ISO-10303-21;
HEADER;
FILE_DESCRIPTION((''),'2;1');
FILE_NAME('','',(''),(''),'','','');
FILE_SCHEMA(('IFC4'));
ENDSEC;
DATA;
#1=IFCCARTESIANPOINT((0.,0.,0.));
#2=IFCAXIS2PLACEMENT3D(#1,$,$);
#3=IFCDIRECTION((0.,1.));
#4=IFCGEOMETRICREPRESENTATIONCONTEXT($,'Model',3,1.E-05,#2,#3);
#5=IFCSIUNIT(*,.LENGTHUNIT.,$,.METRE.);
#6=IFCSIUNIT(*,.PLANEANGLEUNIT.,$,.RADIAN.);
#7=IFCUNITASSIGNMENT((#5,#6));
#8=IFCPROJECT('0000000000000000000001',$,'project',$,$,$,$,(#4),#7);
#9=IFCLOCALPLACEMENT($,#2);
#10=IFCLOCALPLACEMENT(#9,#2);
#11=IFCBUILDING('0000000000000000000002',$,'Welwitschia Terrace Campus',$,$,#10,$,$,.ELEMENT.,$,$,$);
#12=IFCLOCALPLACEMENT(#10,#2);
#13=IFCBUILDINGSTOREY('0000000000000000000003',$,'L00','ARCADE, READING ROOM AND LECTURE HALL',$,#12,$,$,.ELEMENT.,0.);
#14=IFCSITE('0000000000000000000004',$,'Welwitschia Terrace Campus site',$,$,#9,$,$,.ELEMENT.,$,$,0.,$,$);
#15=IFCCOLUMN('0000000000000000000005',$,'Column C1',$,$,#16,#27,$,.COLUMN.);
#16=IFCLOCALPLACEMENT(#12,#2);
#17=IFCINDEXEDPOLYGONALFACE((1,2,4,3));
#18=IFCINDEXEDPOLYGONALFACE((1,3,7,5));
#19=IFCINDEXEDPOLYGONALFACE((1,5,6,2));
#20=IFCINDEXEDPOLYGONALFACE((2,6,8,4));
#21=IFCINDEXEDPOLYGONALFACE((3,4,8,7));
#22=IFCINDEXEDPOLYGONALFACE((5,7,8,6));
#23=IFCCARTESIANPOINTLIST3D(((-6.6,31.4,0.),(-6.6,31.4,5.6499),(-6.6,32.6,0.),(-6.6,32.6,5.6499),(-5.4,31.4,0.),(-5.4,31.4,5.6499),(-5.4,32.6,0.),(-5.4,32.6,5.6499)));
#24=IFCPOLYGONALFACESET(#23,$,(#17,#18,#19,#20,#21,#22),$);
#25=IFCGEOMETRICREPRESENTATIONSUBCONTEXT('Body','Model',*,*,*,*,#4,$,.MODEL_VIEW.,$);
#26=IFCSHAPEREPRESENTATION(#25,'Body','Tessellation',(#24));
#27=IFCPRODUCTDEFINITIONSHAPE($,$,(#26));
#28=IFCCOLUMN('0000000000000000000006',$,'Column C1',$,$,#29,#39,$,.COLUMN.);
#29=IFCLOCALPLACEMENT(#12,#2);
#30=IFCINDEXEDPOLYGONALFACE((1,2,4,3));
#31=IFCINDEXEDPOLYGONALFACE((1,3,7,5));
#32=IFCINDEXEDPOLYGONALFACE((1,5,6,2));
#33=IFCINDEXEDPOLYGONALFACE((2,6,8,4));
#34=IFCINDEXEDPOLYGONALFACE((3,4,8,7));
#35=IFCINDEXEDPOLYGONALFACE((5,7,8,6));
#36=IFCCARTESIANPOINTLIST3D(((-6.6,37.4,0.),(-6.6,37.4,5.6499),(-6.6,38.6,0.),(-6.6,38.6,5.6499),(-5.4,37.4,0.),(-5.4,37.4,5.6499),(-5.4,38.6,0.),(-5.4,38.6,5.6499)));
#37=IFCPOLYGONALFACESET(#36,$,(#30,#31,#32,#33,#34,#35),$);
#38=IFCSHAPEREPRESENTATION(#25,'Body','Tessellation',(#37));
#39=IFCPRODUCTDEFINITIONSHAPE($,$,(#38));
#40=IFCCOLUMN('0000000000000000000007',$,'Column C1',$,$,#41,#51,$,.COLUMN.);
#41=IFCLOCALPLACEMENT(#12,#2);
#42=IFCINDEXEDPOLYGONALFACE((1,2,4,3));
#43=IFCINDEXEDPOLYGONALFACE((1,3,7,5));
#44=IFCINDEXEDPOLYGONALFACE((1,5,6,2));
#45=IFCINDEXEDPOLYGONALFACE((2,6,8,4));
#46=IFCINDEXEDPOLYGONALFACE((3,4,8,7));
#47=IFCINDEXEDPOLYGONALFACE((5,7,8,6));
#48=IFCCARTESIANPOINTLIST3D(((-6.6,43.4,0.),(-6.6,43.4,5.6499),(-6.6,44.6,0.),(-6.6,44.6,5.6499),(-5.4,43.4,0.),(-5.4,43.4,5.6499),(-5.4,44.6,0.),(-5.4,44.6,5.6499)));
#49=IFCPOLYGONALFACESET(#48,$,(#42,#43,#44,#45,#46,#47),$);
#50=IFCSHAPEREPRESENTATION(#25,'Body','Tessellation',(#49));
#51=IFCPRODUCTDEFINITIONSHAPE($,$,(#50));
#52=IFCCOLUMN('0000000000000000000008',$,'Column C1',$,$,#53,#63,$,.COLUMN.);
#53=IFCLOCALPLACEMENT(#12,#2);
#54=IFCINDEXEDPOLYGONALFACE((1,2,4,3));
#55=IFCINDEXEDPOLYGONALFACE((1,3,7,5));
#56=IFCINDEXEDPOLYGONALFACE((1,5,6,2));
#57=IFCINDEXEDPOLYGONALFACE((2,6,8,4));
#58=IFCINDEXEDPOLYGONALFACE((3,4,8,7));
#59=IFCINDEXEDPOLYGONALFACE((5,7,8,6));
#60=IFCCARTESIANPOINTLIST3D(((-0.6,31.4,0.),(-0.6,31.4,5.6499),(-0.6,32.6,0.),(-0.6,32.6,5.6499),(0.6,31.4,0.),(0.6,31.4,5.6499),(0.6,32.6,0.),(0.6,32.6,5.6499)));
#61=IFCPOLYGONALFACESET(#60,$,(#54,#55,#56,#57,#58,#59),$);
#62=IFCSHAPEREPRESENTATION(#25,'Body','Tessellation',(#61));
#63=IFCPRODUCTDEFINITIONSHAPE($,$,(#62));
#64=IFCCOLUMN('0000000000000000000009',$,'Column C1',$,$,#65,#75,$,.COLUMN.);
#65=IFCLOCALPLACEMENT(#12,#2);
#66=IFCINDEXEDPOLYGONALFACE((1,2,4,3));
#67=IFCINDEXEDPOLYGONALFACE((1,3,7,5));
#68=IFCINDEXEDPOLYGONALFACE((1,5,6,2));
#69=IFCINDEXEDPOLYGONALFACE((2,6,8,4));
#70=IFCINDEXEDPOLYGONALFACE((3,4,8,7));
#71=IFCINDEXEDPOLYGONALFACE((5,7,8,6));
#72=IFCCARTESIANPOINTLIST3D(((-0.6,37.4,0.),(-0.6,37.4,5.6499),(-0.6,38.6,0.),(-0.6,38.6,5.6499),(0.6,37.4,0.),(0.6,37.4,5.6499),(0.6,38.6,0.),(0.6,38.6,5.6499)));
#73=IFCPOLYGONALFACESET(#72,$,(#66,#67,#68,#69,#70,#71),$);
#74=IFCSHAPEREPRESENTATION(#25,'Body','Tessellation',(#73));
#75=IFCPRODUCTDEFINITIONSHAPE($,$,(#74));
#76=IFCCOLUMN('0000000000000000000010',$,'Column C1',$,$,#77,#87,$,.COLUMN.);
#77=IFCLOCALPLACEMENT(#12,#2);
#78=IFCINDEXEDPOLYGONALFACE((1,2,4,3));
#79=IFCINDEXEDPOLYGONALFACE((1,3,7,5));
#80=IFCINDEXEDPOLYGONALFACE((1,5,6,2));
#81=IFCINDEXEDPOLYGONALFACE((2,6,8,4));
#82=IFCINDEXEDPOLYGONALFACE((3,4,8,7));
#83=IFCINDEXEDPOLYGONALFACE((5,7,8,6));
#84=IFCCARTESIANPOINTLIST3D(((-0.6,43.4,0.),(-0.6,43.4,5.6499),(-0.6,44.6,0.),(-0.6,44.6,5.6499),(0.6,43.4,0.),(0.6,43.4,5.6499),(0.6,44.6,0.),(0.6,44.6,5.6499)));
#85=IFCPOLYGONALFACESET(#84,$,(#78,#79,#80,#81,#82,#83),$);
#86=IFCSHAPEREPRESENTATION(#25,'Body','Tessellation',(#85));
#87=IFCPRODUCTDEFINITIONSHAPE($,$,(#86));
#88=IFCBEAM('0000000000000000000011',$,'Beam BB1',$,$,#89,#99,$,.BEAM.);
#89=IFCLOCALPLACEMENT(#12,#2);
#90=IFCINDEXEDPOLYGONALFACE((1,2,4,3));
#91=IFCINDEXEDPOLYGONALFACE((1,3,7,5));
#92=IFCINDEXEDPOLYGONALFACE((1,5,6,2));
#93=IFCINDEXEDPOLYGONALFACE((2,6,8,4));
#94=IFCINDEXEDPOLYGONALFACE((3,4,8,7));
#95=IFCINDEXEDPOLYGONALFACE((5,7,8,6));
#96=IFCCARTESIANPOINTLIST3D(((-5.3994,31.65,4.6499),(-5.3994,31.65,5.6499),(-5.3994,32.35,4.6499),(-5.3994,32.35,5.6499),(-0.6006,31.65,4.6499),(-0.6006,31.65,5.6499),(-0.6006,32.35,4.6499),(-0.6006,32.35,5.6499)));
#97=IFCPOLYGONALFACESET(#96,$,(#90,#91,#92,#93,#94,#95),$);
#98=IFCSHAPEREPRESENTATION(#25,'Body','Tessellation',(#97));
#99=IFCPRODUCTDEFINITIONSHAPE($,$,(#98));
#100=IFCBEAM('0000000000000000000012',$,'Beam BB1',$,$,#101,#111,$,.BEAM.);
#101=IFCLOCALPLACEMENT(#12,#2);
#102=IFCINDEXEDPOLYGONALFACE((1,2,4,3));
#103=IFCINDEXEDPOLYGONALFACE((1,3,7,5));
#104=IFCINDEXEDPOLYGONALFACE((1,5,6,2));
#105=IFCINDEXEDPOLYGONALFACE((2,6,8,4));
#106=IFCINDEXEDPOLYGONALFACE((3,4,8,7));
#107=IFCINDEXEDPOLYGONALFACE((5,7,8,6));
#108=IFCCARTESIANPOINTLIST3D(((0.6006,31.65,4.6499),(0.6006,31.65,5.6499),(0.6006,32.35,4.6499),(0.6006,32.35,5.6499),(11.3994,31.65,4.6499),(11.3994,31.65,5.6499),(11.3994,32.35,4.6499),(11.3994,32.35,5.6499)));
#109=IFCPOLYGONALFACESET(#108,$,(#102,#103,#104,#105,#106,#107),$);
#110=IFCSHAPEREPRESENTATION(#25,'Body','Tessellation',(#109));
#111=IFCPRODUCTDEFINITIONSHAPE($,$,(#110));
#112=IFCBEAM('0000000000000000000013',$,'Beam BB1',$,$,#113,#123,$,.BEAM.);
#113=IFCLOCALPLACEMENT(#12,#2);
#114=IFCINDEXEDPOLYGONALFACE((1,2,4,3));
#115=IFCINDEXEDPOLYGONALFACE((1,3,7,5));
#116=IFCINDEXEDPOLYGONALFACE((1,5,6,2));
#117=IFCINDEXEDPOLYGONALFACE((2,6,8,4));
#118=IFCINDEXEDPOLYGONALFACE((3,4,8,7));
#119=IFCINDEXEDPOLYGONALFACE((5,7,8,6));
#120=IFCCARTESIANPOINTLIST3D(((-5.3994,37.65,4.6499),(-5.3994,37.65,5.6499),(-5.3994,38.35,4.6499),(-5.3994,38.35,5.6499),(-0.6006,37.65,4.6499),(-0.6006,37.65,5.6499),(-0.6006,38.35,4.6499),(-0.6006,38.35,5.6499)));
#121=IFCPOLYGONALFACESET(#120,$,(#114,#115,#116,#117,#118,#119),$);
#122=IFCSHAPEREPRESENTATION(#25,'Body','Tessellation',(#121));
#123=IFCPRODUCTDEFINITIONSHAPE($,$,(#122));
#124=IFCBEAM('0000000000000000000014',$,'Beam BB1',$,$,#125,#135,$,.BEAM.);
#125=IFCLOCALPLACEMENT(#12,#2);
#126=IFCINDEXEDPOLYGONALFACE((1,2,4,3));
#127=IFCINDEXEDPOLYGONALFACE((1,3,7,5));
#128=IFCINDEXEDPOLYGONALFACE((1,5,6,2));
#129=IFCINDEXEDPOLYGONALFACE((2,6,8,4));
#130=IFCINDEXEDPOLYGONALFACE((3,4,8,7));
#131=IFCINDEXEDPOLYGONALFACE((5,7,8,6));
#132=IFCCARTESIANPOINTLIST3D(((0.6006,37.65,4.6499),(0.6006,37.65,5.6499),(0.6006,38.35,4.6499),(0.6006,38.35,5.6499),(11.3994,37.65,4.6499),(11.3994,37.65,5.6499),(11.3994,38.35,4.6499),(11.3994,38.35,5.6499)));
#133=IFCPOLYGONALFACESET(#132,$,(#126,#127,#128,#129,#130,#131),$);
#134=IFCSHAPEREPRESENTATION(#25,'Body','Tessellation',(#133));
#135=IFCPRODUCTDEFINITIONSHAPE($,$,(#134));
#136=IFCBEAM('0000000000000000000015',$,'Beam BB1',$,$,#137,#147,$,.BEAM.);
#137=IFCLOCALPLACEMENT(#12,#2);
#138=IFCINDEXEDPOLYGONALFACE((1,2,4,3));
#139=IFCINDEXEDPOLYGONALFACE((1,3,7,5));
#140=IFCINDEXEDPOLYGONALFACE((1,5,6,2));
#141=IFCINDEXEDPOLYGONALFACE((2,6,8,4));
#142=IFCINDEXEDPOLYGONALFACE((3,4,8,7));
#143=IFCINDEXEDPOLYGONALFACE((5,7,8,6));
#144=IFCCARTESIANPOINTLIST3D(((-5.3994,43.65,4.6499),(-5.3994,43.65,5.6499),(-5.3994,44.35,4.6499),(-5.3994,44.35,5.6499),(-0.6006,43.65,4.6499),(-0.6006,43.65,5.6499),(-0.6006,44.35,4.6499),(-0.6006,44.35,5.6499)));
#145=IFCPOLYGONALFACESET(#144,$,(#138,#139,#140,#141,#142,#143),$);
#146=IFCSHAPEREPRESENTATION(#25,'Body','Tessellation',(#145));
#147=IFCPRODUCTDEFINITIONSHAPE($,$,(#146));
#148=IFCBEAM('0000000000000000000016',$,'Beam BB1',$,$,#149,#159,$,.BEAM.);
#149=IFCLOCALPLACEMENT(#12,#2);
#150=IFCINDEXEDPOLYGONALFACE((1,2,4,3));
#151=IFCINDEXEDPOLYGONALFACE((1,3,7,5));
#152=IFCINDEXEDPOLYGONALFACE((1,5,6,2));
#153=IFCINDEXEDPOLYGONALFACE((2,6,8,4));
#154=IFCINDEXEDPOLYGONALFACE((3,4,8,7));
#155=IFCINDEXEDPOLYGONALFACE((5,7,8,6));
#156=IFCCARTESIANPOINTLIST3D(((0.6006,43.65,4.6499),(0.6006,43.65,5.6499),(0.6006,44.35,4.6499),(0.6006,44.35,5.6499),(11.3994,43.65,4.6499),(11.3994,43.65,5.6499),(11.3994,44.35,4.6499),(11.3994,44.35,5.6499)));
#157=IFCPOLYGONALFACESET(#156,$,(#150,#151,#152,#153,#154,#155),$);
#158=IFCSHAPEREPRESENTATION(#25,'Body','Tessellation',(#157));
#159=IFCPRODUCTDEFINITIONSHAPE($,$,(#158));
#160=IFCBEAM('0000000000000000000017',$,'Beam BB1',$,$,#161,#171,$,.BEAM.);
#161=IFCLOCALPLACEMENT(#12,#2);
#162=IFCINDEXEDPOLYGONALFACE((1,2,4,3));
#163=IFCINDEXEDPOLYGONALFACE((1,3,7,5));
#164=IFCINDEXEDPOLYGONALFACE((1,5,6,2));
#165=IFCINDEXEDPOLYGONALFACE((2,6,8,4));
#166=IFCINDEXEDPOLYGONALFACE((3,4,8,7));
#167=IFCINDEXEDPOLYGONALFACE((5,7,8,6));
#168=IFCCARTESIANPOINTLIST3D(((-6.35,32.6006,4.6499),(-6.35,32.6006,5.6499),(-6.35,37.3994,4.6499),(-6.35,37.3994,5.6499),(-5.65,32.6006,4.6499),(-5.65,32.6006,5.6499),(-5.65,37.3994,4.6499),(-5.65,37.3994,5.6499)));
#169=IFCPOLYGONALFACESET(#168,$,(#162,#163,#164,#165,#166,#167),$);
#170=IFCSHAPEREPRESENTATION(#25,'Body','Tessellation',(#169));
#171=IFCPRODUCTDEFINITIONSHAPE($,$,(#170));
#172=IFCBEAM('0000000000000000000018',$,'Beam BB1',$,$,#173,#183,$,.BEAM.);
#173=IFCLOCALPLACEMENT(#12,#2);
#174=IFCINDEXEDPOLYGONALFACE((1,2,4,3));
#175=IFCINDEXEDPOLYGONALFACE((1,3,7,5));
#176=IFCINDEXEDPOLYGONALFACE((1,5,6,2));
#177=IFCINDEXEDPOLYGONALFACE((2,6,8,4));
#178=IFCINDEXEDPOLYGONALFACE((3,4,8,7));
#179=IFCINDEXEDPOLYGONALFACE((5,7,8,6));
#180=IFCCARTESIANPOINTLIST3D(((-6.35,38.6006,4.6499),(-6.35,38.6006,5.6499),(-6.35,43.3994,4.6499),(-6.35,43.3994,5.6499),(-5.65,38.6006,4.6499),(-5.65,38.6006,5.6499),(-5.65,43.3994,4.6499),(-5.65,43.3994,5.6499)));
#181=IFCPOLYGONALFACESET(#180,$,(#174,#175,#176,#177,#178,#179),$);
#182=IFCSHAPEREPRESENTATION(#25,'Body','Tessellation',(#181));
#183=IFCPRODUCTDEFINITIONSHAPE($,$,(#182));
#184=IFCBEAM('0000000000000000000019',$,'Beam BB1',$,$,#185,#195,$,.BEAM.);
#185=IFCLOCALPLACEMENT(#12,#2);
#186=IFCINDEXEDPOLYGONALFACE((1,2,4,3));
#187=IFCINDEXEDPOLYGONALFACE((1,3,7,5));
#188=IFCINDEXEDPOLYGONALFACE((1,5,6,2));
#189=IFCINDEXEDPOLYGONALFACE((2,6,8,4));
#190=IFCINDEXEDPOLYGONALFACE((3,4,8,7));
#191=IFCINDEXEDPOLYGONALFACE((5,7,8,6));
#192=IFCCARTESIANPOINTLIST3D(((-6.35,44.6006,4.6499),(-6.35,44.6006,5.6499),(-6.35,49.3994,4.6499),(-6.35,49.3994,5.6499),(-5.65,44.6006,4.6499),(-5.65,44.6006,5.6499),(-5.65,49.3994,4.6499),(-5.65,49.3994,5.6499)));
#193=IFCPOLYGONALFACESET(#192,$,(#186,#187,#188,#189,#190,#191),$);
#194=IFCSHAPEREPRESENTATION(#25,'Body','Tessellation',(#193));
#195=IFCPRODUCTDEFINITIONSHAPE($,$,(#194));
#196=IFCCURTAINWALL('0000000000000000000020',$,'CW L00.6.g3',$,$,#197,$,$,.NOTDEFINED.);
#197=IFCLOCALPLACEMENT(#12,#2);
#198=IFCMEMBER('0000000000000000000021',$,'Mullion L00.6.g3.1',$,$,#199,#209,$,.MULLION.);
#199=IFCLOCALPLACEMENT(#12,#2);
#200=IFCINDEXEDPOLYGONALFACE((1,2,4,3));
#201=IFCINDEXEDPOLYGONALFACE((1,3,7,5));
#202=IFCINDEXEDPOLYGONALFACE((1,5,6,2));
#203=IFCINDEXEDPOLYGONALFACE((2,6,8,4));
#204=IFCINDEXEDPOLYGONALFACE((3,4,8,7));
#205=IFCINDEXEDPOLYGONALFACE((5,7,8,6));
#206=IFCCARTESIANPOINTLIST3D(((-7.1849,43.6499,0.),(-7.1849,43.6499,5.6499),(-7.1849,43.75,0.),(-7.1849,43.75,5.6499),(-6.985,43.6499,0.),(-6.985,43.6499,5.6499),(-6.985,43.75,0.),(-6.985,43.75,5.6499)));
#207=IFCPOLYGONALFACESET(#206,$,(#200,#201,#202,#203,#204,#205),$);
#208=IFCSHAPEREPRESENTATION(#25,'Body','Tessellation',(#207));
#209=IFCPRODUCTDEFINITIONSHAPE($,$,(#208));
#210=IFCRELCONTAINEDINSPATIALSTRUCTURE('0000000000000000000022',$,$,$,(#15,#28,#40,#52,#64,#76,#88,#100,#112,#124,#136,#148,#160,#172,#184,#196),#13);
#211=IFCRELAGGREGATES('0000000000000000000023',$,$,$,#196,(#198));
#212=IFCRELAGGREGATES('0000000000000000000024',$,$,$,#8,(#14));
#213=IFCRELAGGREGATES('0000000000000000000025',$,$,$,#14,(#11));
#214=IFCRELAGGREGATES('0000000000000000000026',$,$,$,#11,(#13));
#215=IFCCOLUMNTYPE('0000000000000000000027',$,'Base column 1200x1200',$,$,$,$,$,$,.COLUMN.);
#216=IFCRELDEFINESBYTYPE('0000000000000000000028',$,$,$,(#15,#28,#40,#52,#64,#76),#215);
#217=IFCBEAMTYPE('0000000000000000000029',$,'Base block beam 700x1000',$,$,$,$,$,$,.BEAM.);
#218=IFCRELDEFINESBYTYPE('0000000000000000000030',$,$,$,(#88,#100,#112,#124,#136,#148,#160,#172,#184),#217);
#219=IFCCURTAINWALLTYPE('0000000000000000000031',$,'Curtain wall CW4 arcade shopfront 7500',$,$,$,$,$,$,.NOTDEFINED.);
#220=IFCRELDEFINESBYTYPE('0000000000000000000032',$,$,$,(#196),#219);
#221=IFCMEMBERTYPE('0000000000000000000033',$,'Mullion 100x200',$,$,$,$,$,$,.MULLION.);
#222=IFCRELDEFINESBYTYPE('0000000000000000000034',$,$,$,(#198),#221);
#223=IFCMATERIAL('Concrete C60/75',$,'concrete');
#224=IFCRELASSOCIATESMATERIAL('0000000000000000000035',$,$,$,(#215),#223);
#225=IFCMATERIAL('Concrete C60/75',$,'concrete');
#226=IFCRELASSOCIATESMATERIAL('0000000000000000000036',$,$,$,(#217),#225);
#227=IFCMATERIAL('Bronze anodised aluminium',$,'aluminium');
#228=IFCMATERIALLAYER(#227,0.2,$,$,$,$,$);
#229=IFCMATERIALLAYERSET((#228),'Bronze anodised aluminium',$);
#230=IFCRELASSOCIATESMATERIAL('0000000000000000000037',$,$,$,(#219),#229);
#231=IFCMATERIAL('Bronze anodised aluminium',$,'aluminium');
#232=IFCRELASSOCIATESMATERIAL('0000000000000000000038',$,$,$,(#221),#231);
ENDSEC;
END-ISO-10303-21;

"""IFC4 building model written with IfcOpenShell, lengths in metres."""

from ifc_helpers import new_model, si_unit, direction, frame, origin, origin_2d, place, context, subcontext, project, spatial, rectangle, extrude, material, layer, layer_set, material_profile, profile_set, type_object, element, aggregate, save


model = new_model("IFC4")

# Units and contexts
model_context = context("Model", 3, precision=1e-05, world=origin(), true_north=direction((0.0, 1.0)))
body_context = subcontext(model_context, "Body", "Model", "MODEL_VIEW")
ifc_project = project(units=[si_unit("LENGTHUNIT", "METRE"), si_unit("PLANEANGLEUNIT", "RADIAN")], contexts=[model_context])

# Site, building, storey
site_placement = place(None, origin())
site = spatial("IfcSite", under=ifc_project, at=site_placement, Name="Welwitschia Terrace Campus site", CompositionType="ELEMENT", RefElevation=0.0)
building_placement = place(site_placement, origin())
building = spatial("IfcBuilding", under=site, at=building_placement, Name="Welwitschia Terrace Campus", CompositionType="ELEMENT")
storey_placement = place(building_placement, origin())
storey = spatial("IfcBuildingStorey", under=building, at=storey_placement, Name="L00", Description="ARCADE, READING ROOM AND LECTURE HALL", CompositionType="ELEMENT", Elevation=0.0)

# Columns
ifc_material_1 = material(Name="Concrete C60/75", Category="concrete")
ifc_material_profile_1 = material_profile(ifc_material_1, rectangle(XDim=1.2, YDim=1.2, at=origin_2d()))
ifc_profile_set_1 = profile_set([ifc_material_profile_1], Name="Concrete C60/75")
column_type = type_object("IfcColumnType", Name="Base column 1200x1200", PredefinedType="COLUMN", material=ifc_profile_set_1)
for number, where, z_axis, x_axis, name in (
    (1, (-6.0, 32.0, 0.0), (0.0, 0.0, 1.0), (1.0, 0.0, 0.0), "Column C1"),
    (2, (-6.0, 38.0, 0.0), (0.0, 0.0, 1.0), (1.0, 0.0, 0.0), "Column C1"),
    (3, (-6.0, 44.0, 0.0), (0.0, 0.0, 1.0), (1.0, 0.0, 0.0), "Column C1"),
    (4, (0.0, 32.0, 0.0), (0.0, 0.0, 1.0), (1.0, 0.0, 0.0), "Column C1"),
    (5, (0.0, 38.0, 0.0), (0.0, 0.0, 1.0), (1.0, 0.0, 0.0), "Column C1"),
    (6, (0.0, 44.0, 0.0), (0.0, 0.0, 1.0), (1.0, 0.0, 0.0), "Column C1"),
):
    element("IfcColumn", number, at=place(storey_placement, frame(where, z_axis=z_axis, x_axis=x_axis)), inside=storey, type_object=column_type, Name=name, PredefinedType="COLUMN", context=body_context, shape_type="SweptSolid", body=[
        extrude(rectangle(XDim=1.2, YDim=1.2, at=origin_2d()), origin(), (0.0, 0.0, 1.0), 5.6499),
    ])

# Beams
ifc_material_2 = material(Name="Concrete C60/75", Category="concrete")
ifc_material_profile_2 = material_profile(ifc_material_2, rectangle(XDim=0.7, YDim=1.0, at=origin_2d()))
ifc_profile_set_2 = profile_set([ifc_material_profile_2], Name="Concrete C60/75")
beam_type = type_object("IfcBeamType", Name="Base block beam 700x1000", PredefinedType="BEAM", material=ifc_profile_set_2)
beam_1_placement = place(storey_placement, frame((-5.3994, 32.0, 5.1499), z_axis=(1.0, 0.0, 0.0), x_axis=(0.0, 1.0, 0.0)))
element("IfcBeam", 7, at=beam_1_placement, inside=storey, type_object=beam_type, Name="Beam BB1", PredefinedType="BEAM", context=body_context, shape_type="SweptSolid", body=[
    extrude(rectangle(XDim=0.7, YDim=1.0, at=origin_2d()), origin(), (0.0, 0.0, 1.0), 4.7988),
])
beam_2_placement = place(storey_placement, frame((0.6006, 32.0, 5.1499), z_axis=(1.0, 0.0, 0.0), x_axis=(0.0, 1.0, 0.0)))
element("IfcBeam", 8, at=beam_2_placement, inside=storey, type_object=beam_type, Name="Beam BB1", PredefinedType="BEAM", context=body_context, shape_type="SweptSolid", body=[
    extrude(rectangle(XDim=0.7, YDim=1.0, at=origin_2d()), origin(), (0.0, 0.0, 1.0), 10.7988),
])
beam_3_placement = place(storey_placement, frame((-5.3994, 38.0, 5.1499), z_axis=(1.0, 0.0, 0.0), x_axis=(0.0, 1.0, 0.0)))
element("IfcBeam", 9, at=beam_3_placement, inside=storey, type_object=beam_type, Name="Beam BB1", PredefinedType="BEAM", context=body_context, shape_type="SweptSolid", body=[
    extrude(rectangle(XDim=0.7, YDim=1.0, at=origin_2d()), origin(), (0.0, 0.0, 1.0), 4.7988),
])
beam_4_placement = place(storey_placement, frame((0.6006, 38.0, 5.1499), z_axis=(1.0, 0.0, 0.0), x_axis=(0.0, 1.0, 0.0)))
element("IfcBeam", 10, at=beam_4_placement, inside=storey, type_object=beam_type, Name="Beam BB1", PredefinedType="BEAM", context=body_context, shape_type="SweptSolid", body=[
    extrude(rectangle(XDim=0.7, YDim=1.0, at=origin_2d()), origin(), (0.0, 0.0, 1.0), 10.7988),
])
beam_5_placement = place(storey_placement, frame((-5.3994, 44.0, 5.1499), z_axis=(1.0, 0.0, 0.0), x_axis=(0.0, 1.0, 0.0)))
element("IfcBeam", 11, at=beam_5_placement, inside=storey, type_object=beam_type, Name="Beam BB1", PredefinedType="BEAM", context=body_context, shape_type="SweptSolid", body=[
    extrude(rectangle(XDim=0.7, YDim=1.0, at=origin_2d()), origin(), (0.0, 0.0, 1.0), 4.7988),
])
beam_6_placement = place(storey_placement, frame((0.6006, 44.0, 5.1499), z_axis=(1.0, 0.0, 0.0), x_axis=(0.0, 1.0, 0.0)))
element("IfcBeam", 12, at=beam_6_placement, inside=storey, type_object=beam_type, Name="Beam BB1", PredefinedType="BEAM", context=body_context, shape_type="SweptSolid", body=[
    extrude(rectangle(XDim=0.7, YDim=1.0, at=origin_2d()), origin(), (0.0, 0.0, 1.0), 10.7988),
])
for number, where, z_axis, x_axis, name in (
    (13, (-6.0, 32.6006, 5.1499), (0.0, 1.0, 0.0), (-1.0, 0.0, 0.0), "Beam BB1"),
    (14, (-6.0, 38.6006, 5.1499), (0.0, 1.0, 0.0), (-1.0, 0.0, 0.0), "Beam BB1"),
    (15, (-6.0, 44.6006, 5.1499), (0.0, 1.0, 0.0), (-1.0, 0.0, 0.0), "Beam BB1"),
):
    element("IfcBeam", number, at=place(storey_placement, frame(where, z_axis=z_axis, x_axis=x_axis)), inside=storey, type_object=beam_type, Name=name, PredefinedType="BEAM", context=body_context, shape_type="SweptSolid", body=[
        extrude(rectangle(XDim=0.7, YDim=1.0, at=origin_2d()), origin(), (0.0, 0.0, 1.0), 4.7988),
    ])

# Curtain wall, member
ifc_material_3 = material(Name="Bronze anodised aluminium", Category="aluminium")
ifc_layer_1 = layer(ifc_material_3, 0.2)
ifc_layer_set_1 = layer_set([ifc_layer_1], Name="Bronze anodised aluminium")
curtain_wall_type = type_object("IfcCurtainWallType", Name="Curtain wall CW4 arcade shopfront 7500", PredefinedType="NOTDEFINED", material=ifc_layer_set_1)
curtain_wall_1_placement = place(storey_placement, origin())
curtain_wall_1 = element("IfcCurtainWall", 16, at=curtain_wall_1_placement, inside=storey, type_object=curtain_wall_type, Name="CW L00.6.g3", PredefinedType="NOTDEFINED")
ifc_material_4 = material(Name="Bronze anodised aluminium", Category="aluminium")
ifc_material_profile_3 = material_profile(ifc_material_4, rectangle(XDim=0.2, YDim=0.1001, at=origin_2d()))
ifc_profile_set_3 = profile_set([ifc_material_profile_3], Name="Bronze anodised aluminium")
member_type_1 = type_object("IfcMemberType", Name="Mullion 100x200", PredefinedType="MULLION", material=ifc_profile_set_3)
member_1_placement = place(storey_placement, frame((-7.085, 43.7, 0.0), z_axis=(0.0, 0.0, 1.0), x_axis=(1.0, 0.0, 0.0)))
member_1 = element("IfcMember", 17, at=member_1_placement, type_object=member_type_1, Name="Mullion L00.6.g3.1", PredefinedType="MULLION", context=body_context, shape_type="SweptSolid", body=[
    extrude(rectangle(XDim=0.2, YDim=0.1001, at=origin_2d()), origin(), (0.0, 0.0, 1.0), 5.6499),
])
aggregate(curtain_wall_1, [member_1])

save(model, "model.ifc")
